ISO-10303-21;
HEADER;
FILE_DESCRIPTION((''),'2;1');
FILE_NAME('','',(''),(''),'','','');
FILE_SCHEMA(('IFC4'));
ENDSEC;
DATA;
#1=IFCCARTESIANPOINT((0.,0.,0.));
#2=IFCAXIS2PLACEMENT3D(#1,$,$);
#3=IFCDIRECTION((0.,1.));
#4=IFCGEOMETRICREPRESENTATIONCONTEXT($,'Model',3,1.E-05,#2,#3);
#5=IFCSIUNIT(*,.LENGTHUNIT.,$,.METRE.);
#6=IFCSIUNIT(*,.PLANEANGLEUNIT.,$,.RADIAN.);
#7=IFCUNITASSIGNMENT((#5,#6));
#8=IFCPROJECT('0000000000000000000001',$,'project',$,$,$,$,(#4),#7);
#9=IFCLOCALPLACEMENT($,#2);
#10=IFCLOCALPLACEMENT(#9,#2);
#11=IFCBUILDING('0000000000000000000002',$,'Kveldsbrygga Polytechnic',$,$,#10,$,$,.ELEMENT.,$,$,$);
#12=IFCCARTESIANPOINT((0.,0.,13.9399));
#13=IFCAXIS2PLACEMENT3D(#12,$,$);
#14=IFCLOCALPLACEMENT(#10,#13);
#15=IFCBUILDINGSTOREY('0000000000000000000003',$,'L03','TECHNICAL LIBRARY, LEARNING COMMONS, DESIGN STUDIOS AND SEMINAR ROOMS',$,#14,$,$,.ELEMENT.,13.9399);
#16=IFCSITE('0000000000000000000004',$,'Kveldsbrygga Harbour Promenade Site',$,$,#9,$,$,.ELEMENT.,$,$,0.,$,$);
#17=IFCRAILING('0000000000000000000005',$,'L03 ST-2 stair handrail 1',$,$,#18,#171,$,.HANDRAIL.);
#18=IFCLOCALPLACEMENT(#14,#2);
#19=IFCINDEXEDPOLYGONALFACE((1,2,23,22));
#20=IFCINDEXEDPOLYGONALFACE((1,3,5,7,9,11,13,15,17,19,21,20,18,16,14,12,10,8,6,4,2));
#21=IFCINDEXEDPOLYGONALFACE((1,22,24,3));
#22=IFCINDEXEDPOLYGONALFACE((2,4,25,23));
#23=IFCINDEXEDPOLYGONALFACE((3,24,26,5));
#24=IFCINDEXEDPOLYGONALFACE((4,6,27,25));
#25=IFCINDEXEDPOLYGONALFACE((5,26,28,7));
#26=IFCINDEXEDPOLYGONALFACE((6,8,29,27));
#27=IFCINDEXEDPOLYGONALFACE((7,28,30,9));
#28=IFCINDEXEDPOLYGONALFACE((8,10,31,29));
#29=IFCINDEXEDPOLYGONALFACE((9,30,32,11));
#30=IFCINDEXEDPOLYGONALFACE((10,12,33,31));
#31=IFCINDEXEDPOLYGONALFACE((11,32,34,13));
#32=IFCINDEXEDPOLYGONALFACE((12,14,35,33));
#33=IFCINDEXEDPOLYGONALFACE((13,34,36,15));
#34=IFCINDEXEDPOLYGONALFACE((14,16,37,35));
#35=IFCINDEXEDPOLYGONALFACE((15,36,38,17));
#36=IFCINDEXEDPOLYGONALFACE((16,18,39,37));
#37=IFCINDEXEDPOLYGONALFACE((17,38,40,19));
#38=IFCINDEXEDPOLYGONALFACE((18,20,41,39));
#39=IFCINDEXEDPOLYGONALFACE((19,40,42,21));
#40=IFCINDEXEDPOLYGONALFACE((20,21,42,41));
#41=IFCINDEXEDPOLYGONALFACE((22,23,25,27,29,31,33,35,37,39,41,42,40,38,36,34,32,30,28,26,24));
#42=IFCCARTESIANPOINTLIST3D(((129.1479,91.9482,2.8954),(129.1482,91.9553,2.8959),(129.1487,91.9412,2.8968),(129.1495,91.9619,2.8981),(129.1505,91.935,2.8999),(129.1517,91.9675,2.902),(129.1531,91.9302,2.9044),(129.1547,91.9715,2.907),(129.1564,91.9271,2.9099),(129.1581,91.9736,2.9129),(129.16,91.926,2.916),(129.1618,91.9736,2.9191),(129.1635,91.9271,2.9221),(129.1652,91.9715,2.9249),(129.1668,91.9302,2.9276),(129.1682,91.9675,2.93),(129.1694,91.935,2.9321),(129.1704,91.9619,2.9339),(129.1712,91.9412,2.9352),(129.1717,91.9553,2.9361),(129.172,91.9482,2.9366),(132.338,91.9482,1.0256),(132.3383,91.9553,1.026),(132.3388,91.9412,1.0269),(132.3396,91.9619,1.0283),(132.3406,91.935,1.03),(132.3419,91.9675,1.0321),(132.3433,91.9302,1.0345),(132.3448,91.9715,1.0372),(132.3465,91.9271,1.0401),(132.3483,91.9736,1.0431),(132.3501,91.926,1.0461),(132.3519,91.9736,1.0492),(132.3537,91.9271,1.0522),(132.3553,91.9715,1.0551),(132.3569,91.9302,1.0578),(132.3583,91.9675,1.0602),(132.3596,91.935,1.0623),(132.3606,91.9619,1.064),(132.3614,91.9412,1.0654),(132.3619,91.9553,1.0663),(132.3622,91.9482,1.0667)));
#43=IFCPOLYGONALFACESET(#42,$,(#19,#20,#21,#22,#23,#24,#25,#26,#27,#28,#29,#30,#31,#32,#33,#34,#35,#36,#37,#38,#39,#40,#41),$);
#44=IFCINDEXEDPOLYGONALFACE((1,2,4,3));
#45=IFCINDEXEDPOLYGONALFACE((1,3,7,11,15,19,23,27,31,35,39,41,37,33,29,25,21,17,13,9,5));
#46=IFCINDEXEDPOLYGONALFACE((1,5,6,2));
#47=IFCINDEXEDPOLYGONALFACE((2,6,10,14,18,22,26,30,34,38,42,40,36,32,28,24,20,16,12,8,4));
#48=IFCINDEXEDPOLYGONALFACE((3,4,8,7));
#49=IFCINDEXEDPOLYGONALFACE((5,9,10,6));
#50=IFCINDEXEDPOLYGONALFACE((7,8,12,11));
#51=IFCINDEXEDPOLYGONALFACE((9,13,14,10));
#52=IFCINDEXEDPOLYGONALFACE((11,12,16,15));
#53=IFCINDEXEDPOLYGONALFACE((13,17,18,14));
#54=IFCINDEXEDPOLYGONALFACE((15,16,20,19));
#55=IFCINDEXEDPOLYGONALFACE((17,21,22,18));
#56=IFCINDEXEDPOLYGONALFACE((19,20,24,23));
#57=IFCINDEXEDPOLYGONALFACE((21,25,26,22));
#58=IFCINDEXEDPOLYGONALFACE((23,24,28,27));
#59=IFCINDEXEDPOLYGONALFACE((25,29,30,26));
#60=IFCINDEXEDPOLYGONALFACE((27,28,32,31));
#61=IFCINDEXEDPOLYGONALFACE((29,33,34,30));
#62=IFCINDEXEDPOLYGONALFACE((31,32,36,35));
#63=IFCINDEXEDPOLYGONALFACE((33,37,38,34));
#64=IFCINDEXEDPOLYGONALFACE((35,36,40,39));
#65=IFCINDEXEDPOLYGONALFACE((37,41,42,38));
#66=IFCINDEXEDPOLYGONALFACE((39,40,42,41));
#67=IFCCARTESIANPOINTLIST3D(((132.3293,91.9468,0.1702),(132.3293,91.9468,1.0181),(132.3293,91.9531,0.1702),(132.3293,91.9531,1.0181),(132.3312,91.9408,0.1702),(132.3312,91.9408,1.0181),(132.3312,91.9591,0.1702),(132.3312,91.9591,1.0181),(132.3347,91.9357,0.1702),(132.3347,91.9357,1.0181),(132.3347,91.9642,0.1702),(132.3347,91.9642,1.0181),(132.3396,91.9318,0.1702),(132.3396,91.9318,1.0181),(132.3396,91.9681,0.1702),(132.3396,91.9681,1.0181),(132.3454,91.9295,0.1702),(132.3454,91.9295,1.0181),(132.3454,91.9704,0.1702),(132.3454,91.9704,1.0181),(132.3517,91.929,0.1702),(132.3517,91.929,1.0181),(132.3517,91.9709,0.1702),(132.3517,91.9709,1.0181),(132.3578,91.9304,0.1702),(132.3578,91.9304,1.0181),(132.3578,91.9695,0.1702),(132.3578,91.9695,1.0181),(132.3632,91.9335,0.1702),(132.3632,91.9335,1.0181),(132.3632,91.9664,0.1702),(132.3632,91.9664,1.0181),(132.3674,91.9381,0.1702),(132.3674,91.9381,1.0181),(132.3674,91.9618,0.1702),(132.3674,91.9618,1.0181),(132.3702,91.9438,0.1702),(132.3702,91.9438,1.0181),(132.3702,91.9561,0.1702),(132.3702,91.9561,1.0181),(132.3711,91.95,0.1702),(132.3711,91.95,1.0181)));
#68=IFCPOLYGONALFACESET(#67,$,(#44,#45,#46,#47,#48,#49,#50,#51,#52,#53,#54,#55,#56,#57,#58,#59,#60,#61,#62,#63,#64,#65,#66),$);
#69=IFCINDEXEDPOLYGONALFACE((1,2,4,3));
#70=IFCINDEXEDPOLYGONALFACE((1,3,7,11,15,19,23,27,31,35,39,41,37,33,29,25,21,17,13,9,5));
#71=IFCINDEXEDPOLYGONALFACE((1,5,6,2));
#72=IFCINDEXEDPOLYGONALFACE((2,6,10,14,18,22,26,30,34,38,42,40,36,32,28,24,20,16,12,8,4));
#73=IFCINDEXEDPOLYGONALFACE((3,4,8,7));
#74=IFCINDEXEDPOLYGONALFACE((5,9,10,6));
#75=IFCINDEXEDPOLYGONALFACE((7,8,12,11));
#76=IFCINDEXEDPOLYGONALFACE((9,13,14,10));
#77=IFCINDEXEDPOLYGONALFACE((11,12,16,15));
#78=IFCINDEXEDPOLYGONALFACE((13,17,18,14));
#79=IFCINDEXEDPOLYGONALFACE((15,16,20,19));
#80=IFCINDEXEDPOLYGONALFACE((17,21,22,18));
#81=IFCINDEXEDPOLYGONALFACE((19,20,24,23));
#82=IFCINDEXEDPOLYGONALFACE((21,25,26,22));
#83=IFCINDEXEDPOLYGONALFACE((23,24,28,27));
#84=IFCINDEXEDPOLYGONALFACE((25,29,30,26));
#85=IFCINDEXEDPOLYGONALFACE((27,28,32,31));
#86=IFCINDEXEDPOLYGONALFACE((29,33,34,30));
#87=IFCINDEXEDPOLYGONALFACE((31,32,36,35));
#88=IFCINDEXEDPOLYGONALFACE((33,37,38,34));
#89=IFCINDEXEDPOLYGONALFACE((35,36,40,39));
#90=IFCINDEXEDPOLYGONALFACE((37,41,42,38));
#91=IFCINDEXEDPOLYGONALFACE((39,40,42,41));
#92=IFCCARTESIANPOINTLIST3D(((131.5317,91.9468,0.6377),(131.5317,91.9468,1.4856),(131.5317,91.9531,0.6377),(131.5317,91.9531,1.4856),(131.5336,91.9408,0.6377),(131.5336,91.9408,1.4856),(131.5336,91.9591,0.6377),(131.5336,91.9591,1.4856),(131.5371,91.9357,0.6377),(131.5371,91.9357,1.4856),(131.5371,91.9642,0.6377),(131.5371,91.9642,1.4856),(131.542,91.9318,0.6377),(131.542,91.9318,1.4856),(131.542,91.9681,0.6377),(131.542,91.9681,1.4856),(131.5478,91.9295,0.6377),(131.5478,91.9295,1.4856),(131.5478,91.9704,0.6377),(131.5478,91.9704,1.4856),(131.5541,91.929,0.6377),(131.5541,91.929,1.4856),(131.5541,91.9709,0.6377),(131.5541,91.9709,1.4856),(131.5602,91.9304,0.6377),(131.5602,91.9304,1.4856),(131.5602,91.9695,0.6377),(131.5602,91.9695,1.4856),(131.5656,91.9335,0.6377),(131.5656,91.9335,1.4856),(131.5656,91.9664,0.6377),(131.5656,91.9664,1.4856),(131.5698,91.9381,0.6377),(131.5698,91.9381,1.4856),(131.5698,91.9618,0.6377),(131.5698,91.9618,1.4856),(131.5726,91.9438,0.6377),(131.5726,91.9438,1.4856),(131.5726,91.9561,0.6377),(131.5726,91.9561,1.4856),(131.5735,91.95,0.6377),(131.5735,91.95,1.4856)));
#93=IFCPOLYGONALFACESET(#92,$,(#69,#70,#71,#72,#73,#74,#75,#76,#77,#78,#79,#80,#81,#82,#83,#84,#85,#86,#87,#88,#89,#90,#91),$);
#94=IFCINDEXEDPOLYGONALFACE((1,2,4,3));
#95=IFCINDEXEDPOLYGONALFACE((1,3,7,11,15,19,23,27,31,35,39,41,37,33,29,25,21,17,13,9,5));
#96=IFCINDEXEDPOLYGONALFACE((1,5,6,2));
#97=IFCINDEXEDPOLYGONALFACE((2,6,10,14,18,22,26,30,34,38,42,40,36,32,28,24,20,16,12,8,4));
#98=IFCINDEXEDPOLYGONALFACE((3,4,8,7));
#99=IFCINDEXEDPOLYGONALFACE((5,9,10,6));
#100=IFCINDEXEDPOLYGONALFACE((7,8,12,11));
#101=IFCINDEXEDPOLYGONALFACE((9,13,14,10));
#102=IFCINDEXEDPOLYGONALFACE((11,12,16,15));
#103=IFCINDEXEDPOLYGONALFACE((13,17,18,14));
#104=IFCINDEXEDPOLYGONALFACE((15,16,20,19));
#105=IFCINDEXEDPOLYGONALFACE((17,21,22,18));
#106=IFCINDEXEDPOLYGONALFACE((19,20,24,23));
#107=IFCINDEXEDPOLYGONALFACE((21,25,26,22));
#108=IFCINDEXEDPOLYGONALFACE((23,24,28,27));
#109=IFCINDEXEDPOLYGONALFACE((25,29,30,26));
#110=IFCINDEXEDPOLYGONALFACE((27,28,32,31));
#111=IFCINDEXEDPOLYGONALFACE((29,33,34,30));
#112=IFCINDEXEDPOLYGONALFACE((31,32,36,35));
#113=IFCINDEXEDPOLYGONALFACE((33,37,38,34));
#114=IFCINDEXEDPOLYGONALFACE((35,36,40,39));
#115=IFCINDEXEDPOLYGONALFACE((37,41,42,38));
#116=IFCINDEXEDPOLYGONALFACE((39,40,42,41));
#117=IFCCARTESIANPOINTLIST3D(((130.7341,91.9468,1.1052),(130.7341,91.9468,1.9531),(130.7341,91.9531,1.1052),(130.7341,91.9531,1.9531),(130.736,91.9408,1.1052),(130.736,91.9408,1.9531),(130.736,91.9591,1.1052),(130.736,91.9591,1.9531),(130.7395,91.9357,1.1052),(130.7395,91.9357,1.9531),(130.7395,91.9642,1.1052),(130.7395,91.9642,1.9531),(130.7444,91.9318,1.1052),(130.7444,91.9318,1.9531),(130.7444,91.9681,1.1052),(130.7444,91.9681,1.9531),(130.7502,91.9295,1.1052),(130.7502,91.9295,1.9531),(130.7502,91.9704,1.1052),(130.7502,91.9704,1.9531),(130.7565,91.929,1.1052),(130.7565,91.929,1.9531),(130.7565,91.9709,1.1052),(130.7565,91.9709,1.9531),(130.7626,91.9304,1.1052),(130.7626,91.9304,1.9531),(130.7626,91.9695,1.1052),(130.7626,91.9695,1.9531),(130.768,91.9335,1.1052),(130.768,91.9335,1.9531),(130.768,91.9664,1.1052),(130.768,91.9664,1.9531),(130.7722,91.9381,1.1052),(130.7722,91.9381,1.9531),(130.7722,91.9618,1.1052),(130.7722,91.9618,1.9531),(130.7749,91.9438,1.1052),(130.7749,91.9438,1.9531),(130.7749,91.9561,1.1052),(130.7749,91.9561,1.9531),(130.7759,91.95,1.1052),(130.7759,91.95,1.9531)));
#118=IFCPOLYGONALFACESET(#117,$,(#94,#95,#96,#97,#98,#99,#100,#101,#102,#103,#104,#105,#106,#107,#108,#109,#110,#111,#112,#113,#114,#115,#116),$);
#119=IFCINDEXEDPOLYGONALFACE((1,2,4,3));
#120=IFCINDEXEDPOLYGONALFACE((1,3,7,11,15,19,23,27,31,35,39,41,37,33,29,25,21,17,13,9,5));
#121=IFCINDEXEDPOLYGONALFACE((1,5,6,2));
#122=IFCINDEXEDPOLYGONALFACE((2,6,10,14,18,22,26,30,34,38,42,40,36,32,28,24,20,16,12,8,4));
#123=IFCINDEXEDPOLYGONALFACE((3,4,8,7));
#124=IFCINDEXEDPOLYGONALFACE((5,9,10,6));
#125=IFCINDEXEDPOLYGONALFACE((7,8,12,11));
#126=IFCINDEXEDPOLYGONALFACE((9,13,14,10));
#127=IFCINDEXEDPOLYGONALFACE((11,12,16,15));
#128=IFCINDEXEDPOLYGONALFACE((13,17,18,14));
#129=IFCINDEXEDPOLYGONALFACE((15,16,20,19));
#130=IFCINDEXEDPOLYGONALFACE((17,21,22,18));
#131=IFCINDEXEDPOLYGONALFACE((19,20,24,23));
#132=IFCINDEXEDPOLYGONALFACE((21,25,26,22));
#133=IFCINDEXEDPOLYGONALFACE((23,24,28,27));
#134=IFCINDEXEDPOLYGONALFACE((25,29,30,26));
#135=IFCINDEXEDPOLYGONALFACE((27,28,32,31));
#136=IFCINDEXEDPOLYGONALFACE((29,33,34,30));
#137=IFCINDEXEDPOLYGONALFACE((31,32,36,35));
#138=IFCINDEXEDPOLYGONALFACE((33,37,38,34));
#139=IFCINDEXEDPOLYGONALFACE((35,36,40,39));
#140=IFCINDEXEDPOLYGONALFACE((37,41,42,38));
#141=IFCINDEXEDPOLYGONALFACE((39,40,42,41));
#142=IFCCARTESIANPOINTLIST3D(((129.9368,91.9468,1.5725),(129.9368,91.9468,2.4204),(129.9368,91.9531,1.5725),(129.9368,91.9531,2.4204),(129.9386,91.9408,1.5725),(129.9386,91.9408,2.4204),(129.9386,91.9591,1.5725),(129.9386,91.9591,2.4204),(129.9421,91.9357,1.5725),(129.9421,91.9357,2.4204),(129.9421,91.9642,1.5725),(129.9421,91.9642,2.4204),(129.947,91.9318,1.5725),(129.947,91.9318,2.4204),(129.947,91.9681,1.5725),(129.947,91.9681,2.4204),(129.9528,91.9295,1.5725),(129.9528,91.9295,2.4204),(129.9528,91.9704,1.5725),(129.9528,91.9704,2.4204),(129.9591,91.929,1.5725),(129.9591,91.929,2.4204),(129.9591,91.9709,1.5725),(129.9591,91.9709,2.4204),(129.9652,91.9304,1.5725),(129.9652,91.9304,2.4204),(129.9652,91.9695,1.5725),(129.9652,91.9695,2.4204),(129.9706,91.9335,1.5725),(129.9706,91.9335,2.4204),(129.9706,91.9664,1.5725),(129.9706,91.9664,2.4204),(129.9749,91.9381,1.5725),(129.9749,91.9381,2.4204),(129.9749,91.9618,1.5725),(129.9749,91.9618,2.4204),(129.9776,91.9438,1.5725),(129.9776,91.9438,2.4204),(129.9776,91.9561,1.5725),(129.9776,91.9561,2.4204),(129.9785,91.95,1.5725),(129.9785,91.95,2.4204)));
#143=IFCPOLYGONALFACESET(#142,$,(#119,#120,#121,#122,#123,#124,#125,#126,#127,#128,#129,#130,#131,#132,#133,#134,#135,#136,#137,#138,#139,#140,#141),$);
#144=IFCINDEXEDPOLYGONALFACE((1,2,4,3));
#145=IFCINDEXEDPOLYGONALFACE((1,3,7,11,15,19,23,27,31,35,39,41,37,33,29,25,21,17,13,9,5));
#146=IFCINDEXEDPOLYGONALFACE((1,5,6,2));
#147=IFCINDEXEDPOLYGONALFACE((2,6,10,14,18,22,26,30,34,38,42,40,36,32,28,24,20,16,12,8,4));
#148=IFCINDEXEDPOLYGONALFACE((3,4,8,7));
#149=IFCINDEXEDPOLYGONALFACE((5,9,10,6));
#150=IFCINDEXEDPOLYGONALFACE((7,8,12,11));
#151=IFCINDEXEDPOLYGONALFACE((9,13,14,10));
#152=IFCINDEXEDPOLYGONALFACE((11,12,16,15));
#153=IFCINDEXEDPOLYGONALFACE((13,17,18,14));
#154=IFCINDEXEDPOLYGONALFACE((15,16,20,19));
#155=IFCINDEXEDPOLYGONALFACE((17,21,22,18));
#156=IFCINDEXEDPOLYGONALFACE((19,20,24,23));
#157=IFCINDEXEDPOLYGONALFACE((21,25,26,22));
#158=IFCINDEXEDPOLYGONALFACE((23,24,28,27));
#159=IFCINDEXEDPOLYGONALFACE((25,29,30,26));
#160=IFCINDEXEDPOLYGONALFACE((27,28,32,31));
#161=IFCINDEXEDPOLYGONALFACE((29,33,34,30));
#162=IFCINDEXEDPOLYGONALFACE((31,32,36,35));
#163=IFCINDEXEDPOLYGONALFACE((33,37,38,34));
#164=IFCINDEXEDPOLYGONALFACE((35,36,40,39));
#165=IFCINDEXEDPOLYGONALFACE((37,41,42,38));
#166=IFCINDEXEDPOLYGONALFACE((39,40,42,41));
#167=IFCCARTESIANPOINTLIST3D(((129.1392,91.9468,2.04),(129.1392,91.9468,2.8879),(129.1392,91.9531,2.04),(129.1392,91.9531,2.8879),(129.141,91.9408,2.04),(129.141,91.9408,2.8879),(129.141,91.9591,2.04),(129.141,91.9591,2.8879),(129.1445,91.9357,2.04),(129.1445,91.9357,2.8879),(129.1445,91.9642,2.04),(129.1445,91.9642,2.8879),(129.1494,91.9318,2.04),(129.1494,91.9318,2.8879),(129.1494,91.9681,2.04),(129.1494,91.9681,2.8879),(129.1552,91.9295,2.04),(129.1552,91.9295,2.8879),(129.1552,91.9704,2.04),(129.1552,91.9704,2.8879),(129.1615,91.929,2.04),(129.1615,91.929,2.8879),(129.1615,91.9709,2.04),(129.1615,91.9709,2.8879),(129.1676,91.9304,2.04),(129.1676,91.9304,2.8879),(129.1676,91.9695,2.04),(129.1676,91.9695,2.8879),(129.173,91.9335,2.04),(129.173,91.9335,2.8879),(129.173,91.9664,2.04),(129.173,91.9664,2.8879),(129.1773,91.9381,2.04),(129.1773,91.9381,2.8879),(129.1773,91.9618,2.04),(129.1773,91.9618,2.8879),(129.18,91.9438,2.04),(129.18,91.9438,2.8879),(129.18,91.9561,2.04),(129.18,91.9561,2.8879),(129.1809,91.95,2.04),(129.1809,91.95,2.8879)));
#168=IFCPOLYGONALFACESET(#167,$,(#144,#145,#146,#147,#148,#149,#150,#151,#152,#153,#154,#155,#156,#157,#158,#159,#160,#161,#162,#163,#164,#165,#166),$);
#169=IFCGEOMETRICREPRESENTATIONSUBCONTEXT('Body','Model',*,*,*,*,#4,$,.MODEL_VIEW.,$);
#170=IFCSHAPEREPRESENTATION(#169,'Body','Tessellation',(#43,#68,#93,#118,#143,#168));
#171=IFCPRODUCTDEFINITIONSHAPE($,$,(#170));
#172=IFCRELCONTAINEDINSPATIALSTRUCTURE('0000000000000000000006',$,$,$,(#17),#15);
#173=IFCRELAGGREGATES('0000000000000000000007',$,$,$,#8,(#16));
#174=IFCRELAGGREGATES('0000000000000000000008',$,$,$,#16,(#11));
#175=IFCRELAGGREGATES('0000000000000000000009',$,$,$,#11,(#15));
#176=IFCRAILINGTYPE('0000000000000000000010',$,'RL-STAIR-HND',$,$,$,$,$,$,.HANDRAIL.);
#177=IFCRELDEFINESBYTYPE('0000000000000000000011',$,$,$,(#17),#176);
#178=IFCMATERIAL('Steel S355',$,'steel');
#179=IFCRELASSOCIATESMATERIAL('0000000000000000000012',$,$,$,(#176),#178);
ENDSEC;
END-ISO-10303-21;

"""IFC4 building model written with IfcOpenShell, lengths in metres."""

from ifc_helpers import new_model, si_unit, direction, frame, origin, origin_2d, place, context, subcontext, project, spatial, circle, extrude, material, type_object, element, save


model = new_model("IFC4")

# Units and contexts
model_context = context("Model", 3, precision=1e-05, world=origin(), true_north=direction((0.0, 1.0)))
body_context = subcontext(model_context, "Body", "Model", "MODEL_VIEW")
ifc_project = project(units=[si_unit("LENGTHUNIT", "METRE"), si_unit("PLANEANGLEUNIT", "RADIAN")], contexts=[model_context])

# Site, building, storey
site_placement = place(None, origin())
site = spatial("IfcSite", under=ifc_project, at=site_placement, Name="Kveldsbrygga Harbour Promenade Site", CompositionType="ELEMENT", RefElevation=0.0)
building_placement = place(site_placement, origin())
building = spatial("IfcBuilding", under=site, at=building_placement, Name="Kveldsbrygga Polytechnic", CompositionType="ELEMENT")
storey_placement = place(building_placement, frame((0.0, 0.0, 13.9399)))
storey = spatial("IfcBuildingStorey", under=building, at=storey_placement, Name="L03", Description="TECHNICAL LIBRARY, LEARNING COMMONS, DESIGN STUDIOS AND SEMINAR ROOMS", CompositionType="ELEMENT", Elevation=13.9399)

# Railing
ifc_material_1 = material(Name="Steel S355", Category="steel")
railing_type_1 = type_object("IfcRailingType", Name="RL-STAIR-HND", PredefinedType="HANDRAIL", material=ifc_material_1)
railing_1_placement = place(storey_placement, frame((132.3501, 91.95, 0.1702)))
element("IfcRailing", 1, at=railing_1_placement, inside=storey, type_object=railing_type_1, Name="L03 ST-2 stair handrail 1", PredefinedType="HANDRAIL", context=body_context, shape_type="SweptSolid", body=[
    extrude(circle(Radius=0.0239, at=origin_2d()), frame((0.0, 0.0, 0.876), z_axis=(-0.862726, 0.0, 0.505672), x_axis=(0.0, -1.0, 0.0)), (0.0, 0.0, 1.0), 3.6978),
    extrude(circle(Radius=0.021, at=origin_2d()), origin(), (0.0, 0.0, 1.0), 0.8479),
    extrude(circle(Radius=0.021, at=origin_2d()), frame((-0.7976, 0.0, 0.4675)), (0.0, 0.0, 1.0), 0.8479),
    extrude(circle(Radius=0.021, at=origin_2d()), frame((-1.5952, 0.0, 0.9351)), (0.0, 0.0, 1.0), 0.8479),
    extrude(circle(Radius=0.021, at=origin_2d()), frame((-2.3926, 0.0, 1.4023)), (0.0, 0.0, 1.0), 0.8479),
    extrude(circle(Radius=0.021, at=origin_2d()), frame((-3.1902, 0.0, 1.8699)), (0.0, 0.0, 1.0), 0.8479),
])

save(model, "model.ifc")
